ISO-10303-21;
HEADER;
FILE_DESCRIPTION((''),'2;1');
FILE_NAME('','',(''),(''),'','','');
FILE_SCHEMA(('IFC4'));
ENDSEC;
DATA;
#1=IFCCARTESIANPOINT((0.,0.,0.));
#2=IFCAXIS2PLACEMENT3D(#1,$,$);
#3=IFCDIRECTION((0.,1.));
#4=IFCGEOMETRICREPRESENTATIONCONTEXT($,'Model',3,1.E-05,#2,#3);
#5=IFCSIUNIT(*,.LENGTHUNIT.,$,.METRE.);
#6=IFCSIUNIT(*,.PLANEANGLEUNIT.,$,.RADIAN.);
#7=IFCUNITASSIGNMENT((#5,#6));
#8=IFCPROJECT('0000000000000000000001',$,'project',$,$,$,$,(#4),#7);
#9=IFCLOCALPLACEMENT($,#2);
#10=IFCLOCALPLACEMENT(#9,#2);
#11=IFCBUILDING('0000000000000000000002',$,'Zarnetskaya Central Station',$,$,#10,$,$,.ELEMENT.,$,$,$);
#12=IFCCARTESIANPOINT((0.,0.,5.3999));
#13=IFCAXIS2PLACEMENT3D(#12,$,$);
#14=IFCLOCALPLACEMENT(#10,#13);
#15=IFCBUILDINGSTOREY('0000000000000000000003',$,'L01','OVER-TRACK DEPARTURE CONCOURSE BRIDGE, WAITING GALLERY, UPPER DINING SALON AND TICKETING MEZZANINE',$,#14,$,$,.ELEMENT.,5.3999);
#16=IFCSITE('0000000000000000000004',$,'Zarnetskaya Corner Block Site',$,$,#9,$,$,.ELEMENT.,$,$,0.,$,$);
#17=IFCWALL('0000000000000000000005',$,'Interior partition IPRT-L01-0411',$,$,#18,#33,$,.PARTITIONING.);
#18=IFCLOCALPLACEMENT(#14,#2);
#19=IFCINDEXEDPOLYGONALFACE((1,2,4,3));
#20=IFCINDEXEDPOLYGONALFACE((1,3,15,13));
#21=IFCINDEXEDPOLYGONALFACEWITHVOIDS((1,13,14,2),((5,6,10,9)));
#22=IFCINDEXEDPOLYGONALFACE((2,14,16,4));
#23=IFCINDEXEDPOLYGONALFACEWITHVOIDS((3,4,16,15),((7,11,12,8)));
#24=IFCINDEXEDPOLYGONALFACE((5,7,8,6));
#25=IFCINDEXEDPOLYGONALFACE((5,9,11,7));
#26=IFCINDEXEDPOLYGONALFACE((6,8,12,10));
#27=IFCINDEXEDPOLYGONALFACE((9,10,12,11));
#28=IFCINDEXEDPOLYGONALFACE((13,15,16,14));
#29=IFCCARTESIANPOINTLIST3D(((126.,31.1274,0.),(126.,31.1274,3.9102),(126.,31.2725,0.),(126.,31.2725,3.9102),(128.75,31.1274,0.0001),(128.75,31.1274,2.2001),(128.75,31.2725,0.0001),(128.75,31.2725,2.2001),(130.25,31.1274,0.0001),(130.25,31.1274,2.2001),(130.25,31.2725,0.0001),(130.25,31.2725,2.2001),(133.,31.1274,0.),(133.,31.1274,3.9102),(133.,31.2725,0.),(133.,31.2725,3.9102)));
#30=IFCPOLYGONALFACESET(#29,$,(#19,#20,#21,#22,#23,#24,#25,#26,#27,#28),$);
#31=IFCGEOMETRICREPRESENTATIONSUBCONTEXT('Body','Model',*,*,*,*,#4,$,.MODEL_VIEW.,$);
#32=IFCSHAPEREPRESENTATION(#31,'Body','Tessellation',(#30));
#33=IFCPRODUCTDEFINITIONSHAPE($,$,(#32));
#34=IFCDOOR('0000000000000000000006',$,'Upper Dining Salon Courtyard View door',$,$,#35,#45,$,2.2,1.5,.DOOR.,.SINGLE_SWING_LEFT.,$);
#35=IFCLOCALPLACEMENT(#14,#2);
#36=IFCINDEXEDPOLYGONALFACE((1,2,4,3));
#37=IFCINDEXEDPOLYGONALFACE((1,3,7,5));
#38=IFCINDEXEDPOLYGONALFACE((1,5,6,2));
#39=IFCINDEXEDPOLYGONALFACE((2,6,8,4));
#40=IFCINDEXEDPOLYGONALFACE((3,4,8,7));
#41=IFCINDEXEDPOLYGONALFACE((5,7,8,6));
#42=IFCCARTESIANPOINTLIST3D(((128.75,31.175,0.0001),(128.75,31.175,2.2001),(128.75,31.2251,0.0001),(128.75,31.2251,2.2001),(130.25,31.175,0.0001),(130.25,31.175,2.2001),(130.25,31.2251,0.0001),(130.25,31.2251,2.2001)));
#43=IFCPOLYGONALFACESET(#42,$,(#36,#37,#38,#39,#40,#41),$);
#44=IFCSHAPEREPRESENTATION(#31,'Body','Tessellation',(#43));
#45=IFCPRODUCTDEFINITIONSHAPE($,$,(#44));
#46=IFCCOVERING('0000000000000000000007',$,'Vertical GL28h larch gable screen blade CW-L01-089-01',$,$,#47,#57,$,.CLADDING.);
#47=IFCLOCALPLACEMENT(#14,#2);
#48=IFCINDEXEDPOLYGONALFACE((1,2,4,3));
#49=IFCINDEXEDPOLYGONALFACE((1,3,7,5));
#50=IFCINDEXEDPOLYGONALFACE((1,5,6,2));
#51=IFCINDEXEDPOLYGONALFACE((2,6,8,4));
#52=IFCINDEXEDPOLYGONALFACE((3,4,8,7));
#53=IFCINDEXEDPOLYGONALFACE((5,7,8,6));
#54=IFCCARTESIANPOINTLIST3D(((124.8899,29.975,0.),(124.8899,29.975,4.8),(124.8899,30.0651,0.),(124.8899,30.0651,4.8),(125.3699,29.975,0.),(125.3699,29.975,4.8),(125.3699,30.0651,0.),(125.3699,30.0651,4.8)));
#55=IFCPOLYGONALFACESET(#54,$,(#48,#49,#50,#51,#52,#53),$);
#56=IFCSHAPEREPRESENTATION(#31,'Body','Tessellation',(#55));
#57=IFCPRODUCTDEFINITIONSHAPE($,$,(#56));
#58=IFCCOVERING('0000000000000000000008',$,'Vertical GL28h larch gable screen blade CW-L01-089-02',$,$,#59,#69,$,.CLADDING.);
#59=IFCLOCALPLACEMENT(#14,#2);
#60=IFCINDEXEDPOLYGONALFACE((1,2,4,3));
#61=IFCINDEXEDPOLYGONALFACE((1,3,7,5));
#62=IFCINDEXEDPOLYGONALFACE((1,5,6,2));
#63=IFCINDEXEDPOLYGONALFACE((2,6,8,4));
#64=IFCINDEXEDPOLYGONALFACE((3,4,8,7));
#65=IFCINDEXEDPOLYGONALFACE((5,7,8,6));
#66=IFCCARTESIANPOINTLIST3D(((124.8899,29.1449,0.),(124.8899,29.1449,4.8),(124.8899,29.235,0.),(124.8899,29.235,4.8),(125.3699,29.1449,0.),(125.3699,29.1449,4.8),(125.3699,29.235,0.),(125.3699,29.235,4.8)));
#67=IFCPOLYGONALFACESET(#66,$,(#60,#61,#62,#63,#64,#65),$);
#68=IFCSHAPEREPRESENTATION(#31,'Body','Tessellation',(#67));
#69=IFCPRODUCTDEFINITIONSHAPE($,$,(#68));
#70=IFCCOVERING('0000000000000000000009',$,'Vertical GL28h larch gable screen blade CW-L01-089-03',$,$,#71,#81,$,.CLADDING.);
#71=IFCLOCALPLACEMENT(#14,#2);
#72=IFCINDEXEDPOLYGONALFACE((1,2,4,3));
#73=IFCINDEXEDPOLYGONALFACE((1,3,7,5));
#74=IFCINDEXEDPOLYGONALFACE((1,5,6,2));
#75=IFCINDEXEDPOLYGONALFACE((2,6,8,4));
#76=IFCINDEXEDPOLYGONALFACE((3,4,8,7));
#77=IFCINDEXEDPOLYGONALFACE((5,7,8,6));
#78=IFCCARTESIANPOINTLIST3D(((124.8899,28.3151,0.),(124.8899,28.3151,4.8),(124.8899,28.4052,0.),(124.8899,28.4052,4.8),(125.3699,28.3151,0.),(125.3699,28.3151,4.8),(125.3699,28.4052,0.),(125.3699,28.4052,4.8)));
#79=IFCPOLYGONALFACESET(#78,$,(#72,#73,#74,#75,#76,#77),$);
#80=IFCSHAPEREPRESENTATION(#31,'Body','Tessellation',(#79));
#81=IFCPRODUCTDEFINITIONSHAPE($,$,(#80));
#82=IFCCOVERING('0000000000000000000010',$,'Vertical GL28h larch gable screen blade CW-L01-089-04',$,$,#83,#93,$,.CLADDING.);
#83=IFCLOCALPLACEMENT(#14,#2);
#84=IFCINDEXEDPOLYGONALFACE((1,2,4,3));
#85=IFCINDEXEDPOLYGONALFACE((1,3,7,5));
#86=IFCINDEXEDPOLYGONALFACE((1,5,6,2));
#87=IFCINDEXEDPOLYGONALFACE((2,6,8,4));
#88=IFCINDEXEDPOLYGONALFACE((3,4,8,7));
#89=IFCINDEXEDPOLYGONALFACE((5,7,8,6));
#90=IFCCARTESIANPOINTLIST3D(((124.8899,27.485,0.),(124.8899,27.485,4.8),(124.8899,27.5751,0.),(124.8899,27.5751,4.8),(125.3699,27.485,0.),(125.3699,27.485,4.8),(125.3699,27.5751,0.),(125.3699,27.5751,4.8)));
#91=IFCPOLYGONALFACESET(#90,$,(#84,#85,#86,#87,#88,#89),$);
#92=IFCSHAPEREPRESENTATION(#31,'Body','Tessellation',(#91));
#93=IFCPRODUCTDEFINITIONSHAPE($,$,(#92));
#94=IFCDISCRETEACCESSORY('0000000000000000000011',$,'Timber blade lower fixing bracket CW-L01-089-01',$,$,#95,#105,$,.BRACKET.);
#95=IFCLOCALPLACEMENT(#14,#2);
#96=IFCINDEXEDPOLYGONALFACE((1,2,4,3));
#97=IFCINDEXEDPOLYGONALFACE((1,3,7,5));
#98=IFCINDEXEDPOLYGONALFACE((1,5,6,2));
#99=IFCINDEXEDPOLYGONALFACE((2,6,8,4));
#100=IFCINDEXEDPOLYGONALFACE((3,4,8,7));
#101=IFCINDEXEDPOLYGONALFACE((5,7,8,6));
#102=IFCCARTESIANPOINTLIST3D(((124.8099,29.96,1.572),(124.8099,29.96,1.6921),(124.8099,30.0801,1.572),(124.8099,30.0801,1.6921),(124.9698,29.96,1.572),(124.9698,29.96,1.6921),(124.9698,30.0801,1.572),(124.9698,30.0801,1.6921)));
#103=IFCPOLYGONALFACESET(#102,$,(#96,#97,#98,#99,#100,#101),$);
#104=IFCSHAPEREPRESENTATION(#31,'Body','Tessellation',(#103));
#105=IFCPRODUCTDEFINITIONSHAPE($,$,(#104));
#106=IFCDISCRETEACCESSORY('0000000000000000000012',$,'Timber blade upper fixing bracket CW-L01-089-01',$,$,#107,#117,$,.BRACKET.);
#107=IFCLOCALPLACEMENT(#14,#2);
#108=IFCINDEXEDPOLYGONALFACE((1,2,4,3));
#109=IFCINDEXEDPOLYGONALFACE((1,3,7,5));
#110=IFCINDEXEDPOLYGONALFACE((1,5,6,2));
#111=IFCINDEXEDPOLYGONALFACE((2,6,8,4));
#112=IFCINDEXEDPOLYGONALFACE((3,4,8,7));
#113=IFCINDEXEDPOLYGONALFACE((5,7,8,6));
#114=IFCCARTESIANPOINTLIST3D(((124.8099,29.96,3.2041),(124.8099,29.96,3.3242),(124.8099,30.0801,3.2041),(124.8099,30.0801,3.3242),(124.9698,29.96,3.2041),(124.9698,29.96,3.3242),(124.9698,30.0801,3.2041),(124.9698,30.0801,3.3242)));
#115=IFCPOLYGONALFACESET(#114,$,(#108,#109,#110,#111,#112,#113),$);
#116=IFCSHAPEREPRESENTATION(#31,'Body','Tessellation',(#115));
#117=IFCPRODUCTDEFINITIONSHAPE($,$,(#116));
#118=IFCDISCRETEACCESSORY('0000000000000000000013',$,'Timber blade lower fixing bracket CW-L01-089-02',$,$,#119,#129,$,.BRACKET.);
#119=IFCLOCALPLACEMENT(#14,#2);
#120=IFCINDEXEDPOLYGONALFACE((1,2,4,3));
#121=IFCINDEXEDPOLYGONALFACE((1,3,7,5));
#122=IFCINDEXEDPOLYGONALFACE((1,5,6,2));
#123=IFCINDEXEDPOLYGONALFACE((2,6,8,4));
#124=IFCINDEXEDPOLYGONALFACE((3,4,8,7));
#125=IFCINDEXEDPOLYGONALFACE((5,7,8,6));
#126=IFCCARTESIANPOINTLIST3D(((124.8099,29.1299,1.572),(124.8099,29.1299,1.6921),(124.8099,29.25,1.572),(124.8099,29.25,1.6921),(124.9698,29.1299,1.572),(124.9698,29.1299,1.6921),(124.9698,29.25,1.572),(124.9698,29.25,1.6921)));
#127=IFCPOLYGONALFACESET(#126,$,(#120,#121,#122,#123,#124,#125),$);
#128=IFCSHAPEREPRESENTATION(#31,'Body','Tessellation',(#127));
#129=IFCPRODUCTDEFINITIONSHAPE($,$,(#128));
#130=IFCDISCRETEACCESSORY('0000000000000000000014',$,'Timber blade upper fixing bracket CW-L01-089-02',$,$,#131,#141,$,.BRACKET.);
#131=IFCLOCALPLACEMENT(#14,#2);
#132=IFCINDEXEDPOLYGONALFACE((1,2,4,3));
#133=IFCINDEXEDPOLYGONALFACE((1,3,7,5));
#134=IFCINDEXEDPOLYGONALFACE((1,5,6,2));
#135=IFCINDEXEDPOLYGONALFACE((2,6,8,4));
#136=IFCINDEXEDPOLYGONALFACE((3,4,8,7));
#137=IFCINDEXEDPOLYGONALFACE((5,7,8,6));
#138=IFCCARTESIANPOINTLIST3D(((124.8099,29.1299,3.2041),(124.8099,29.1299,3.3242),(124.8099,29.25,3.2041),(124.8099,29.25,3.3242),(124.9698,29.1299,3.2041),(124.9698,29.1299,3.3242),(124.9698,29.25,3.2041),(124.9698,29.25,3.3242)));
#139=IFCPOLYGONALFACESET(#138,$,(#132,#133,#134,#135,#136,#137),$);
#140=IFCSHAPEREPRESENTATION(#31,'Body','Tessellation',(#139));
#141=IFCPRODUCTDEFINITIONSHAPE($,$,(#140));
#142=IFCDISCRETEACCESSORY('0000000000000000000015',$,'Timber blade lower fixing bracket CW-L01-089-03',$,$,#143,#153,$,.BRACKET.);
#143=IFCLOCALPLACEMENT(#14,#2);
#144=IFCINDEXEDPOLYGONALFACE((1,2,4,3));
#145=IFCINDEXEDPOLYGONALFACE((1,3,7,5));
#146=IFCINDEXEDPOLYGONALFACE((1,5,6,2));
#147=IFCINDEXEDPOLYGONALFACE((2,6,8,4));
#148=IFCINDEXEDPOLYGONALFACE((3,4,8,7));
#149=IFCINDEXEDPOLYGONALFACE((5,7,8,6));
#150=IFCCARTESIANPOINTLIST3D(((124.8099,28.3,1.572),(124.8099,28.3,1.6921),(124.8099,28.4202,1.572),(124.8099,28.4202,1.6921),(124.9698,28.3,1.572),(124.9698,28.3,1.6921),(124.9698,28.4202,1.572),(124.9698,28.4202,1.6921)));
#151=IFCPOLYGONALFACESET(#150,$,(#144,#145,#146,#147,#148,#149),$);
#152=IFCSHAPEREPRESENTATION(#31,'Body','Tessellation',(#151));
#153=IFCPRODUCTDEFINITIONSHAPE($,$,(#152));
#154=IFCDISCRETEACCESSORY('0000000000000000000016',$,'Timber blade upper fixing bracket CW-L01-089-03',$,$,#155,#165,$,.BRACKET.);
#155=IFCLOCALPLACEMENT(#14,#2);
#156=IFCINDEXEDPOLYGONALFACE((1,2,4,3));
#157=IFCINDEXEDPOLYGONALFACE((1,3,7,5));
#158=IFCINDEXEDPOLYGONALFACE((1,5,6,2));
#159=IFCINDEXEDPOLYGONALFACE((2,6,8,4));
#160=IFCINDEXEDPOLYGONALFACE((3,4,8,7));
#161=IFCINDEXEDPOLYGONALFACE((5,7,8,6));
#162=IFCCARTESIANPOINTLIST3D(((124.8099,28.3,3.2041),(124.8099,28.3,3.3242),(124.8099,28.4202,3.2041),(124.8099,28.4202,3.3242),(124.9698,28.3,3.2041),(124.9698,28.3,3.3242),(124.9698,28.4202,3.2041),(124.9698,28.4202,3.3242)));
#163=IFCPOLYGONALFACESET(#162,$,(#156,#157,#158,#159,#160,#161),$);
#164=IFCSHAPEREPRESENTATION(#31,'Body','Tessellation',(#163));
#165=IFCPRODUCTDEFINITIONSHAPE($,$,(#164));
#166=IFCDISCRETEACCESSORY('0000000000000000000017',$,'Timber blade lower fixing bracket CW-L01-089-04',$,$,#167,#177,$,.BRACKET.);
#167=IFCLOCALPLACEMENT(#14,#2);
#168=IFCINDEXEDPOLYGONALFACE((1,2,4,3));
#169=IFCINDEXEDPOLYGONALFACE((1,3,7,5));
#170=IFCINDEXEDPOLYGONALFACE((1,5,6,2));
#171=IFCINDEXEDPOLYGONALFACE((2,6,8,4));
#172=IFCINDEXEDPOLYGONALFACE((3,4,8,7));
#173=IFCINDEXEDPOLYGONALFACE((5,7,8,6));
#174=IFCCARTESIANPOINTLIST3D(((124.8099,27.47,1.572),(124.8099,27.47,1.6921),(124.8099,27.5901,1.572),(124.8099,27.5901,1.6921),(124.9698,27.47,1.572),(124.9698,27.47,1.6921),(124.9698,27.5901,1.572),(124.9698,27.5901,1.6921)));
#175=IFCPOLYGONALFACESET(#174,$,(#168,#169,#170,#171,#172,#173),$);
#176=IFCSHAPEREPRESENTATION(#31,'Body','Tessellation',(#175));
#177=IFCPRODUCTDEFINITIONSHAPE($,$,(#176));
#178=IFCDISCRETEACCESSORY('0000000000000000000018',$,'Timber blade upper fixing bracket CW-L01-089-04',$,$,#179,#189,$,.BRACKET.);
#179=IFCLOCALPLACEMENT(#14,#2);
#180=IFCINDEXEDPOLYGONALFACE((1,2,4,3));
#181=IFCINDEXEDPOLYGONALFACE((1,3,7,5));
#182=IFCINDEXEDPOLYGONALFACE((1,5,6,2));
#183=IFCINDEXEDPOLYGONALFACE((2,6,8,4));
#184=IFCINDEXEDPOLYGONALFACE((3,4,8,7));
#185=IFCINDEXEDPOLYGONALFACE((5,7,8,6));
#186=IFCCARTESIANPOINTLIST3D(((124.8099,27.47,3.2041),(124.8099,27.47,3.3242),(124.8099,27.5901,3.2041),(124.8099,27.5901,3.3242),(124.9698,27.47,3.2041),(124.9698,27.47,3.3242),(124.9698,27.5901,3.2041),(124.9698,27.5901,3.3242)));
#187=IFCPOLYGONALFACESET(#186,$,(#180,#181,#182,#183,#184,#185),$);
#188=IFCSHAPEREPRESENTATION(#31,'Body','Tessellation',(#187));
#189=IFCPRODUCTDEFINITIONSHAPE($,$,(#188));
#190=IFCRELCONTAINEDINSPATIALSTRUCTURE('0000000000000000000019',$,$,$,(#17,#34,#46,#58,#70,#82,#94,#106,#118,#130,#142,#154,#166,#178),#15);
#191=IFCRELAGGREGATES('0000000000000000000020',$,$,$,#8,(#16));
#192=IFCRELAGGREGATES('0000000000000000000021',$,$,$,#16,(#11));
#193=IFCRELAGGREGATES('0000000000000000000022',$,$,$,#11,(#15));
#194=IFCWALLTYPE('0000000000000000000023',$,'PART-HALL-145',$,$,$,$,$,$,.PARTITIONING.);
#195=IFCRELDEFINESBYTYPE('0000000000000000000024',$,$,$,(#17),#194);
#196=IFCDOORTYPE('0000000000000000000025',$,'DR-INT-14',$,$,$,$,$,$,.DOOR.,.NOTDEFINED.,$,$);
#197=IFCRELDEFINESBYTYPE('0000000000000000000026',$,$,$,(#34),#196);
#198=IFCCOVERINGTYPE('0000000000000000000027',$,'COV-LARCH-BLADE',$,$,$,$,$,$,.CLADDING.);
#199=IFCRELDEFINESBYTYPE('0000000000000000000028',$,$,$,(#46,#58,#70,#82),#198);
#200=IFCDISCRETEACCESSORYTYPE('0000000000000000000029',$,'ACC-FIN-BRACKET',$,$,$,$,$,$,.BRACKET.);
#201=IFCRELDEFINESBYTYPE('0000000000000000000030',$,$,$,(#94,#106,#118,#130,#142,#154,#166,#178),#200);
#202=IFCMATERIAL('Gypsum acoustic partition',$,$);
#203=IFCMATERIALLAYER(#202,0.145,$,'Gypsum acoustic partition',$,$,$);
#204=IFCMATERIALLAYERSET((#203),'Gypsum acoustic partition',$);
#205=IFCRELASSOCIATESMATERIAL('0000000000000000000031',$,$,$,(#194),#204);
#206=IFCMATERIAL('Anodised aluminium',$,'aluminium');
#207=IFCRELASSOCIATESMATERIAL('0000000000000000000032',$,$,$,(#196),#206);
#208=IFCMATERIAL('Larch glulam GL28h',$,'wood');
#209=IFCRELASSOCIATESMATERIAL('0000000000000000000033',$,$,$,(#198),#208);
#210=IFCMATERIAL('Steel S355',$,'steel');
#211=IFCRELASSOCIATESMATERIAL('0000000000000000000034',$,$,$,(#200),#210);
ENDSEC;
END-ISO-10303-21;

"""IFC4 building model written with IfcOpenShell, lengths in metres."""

from ifc_helpers import new_model, si_unit, direction, frame, frame_2d, origin, origin_2d, place, context, subcontext, project, spatial, rectangle, extrude, material, layer, layer_set, type_object, element, fill, save


model = new_model("IFC4")

# Units and contexts
model_context = context("Model", 3, precision=1e-05, world=origin(), true_north=direction((0.0, 1.0)))
body_context = subcontext(model_context, "Body", "Model", "MODEL_VIEW")
ifc_project = project(units=[si_unit("LENGTHUNIT", "METRE"), si_unit("PLANEANGLEUNIT", "RADIAN")], contexts=[model_context])

# Site, building, storey
site_placement = place(None, origin())
site = spatial("IfcSite", under=ifc_project, at=site_placement, Name="Zarnetskaya Corner Block Site", CompositionType="ELEMENT", RefElevation=0.0)
building_placement = place(site_placement, origin())
building = spatial("IfcBuilding", under=site, at=building_placement, Name="Zarnetskaya Central Station", CompositionType="ELEMENT")
storey_placement = place(building_placement, frame((0.0, 0.0, 5.3999)))
storey = spatial("IfcBuildingStorey", under=building, at=storey_placement, Name="L01", Description="OVER-TRACK DEPARTURE CONCOURSE BRIDGE, WAITING GALLERY, UPPER DINING SALON AND TICKETING MEZZANINE", CompositionType="ELEMENT", Elevation=5.3999)

# Shared definitions
ifc_material_1 = material(Name="Steel S355", Category="steel")

# Shared definitions
ifc_material_2 = material(Name="Anodised aluminium", Category="aluminium")

# Wall, opening, door
ifc_material_3 = material(Name="Gypsum acoustic partition")
ifc_layer_1 = layer(ifc_material_3, 0.145, Name="Gypsum acoustic partition")
ifc_layer_set_1 = layer_set([ifc_layer_1], Name="Gypsum acoustic partition")
wall_type = type_object("IfcWallType", Name="PART-HALL-145", PredefinedType="PARTITIONING", material=ifc_layer_set_1)
wall_placement = place(storey_placement, frame((133.0, 31.2, 0.0), z_axis=(0.0, 0.0, 1.0), x_axis=(-1.0, 0.0, 0.0)))
wall = element("IfcWall", 1, at=wall_placement, inside=storey, type_object=wall_type, Name="Interior partition IPRT-L01-0411", PredefinedType="PARTITIONING", context=body_context, shape_type="SweptSolid", body=[
    extrude(rectangle(XDim=7.0, YDim=0.145, at=frame_2d((3.5, 0.0))), origin(), (0.0, 0.0, 1.0), 3.9102),
])
opening_placement = place(wall_placement, frame((2.75, 0.0, 0.0)))
opening = element("IfcOpeningElement", 2, at=opening_placement, cuts=wall, PredefinedType="OPENING", context=body_context, shape_type="SweptSolid", body=[
    extrude(rectangle(XDim=1.5, YDim=2.2, at=frame_2d((0.75, 1.1001))), frame((0.0, 0.0825, 0.0), z_axis=(0.0, -1.0, 0.0), x_axis=(1.0, 0.0, 0.0)), (0.0, 0.0, 1.0), 0.165),
])
door_type = type_object("IfcDoorType", Name="DR-INT-14", OperationType="NOTDEFINED", PredefinedType="DOOR", material=ifc_material_2)
door_placement = place(opening_placement, origin())
door = element("IfcDoor", 3, at=door_placement, inside=storey, type_object=door_type, Name="Upper Dining Salon Courtyard View door", OperationType="SINGLE_SWING_LEFT", OverallHeight=2.2, OverallWidth=1.5, PredefinedType="DOOR", context=body_context, shape_type="SweptSolid", body=[
    extrude(rectangle(XDim=1.5, YDim=2.2, at=frame_2d((0.75, 1.1001))), frame((0.0, 0.0249, 0.0), z_axis=(0.0, -1.0, 0.0), x_axis=(1.0, 0.0, 0.0)), (0.0, 0.0, 1.0), 0.05),
])
fill(opening, door)

# Coverings
ifc_material_4 = material(Name="Larch glulam GL28h", Category="wood")
covering_type = type_object("IfcCoveringType", Name="COV-LARCH-BLADE", PredefinedType="CLADDING", material=ifc_material_4)
for number, where, z_axis, x_axis, name in (
    (4, (125.1299, 30.02, 0.0), (0.0, 0.0, 1.0), (0.0, -1.0, 0.0), "Vertical GL28h larch gable screen blade CW-L01-089-01"),
    (5, (125.1299, 29.1899, 0.0), (0.0, 0.0, 1.0), (0.0, -1.0, 0.0), "Vertical GL28h larch gable screen blade CW-L01-089-02"),
    (6, (125.1299, 28.3601, 0.0), (0.0, 0.0, 1.0), (0.0, -1.0, 0.0), "Vertical GL28h larch gable screen blade CW-L01-089-03"),
    (7, (125.1299, 27.53, 0.0), (0.0, 0.0, 1.0), (0.0, -1.0, 0.0), "Vertical GL28h larch gable screen blade CW-L01-089-04"),
):
    element("IfcCovering", number, at=place(storey_placement, frame(where, z_axis=z_axis, x_axis=x_axis)), inside=storey, type_object=covering_type, Name=name, PredefinedType="CLADDING", context=body_context, shape_type="SweptSolid", body=[
        extrude(rectangle(XDim=0.0901, YDim=0.48, at=origin_2d()), origin(), (0.0, 0.0, 1.0), 4.8),
    ])

# Discrete accessories
discrete_accessory_type = type_object("IfcDiscreteAccessoryType", Name="ACC-FIN-BRACKET", PredefinedType="BRACKET", material=ifc_material_1)
for number, where, z_axis, x_axis, name in (
    (8, (124.8899, 30.02, 1.572), (0.0, 0.0, 1.0), (0.0, -1.0, 0.0), "Timber blade lower fixing bracket CW-L01-089-01"),
    (9, (124.8899, 30.02, 3.2041), (0.0, 0.0, 1.0), (0.0, -1.0, 0.0), "Timber blade upper fixing bracket CW-L01-089-01"),
    (10, (124.8899, 29.1899, 1.572), (0.0, 0.0, 1.0), (0.0, -1.0, 0.0), "Timber blade lower fixing bracket CW-L01-089-02"),
    (11, (124.8899, 29.1899, 3.2041), (0.0, 0.0, 1.0), (0.0, -1.0, 0.0), "Timber blade upper fixing bracket CW-L01-089-02"),
    (12, (124.8899, 28.3601, 1.572), (0.0, 0.0, 1.0), (0.0, -1.0, 0.0), "Timber blade lower fixing bracket CW-L01-089-03"),
    (13, (124.8899, 28.3601, 3.2041), (0.0, 0.0, 1.0), (0.0, -1.0, 0.0), "Timber blade upper fixing bracket CW-L01-089-03"),
    (14, (124.8899, 27.53, 1.572), (0.0, 0.0, 1.0), (0.0, -1.0, 0.0), "Timber blade lower fixing bracket CW-L01-089-04"),
    (15, (124.8899, 27.53, 3.2041), (0.0, 0.0, 1.0), (0.0, -1.0, 0.0), "Timber blade upper fixing bracket CW-L01-089-04"),
):
    element("IfcDiscreteAccessory", number, at=place(storey_placement, frame(where, z_axis=z_axis, x_axis=x_axis)), inside=storey, type_object=discrete_accessory_type, Name=name, PredefinedType="BRACKET", context=body_context, shape_type="SweptSolid", body=[
        extrude(rectangle(XDim=0.1201, YDim=0.1599, at=origin_2d()), origin(), (0.0, 0.0, 1.0), 0.1201),
    ])

save(model, "model.ifc")
